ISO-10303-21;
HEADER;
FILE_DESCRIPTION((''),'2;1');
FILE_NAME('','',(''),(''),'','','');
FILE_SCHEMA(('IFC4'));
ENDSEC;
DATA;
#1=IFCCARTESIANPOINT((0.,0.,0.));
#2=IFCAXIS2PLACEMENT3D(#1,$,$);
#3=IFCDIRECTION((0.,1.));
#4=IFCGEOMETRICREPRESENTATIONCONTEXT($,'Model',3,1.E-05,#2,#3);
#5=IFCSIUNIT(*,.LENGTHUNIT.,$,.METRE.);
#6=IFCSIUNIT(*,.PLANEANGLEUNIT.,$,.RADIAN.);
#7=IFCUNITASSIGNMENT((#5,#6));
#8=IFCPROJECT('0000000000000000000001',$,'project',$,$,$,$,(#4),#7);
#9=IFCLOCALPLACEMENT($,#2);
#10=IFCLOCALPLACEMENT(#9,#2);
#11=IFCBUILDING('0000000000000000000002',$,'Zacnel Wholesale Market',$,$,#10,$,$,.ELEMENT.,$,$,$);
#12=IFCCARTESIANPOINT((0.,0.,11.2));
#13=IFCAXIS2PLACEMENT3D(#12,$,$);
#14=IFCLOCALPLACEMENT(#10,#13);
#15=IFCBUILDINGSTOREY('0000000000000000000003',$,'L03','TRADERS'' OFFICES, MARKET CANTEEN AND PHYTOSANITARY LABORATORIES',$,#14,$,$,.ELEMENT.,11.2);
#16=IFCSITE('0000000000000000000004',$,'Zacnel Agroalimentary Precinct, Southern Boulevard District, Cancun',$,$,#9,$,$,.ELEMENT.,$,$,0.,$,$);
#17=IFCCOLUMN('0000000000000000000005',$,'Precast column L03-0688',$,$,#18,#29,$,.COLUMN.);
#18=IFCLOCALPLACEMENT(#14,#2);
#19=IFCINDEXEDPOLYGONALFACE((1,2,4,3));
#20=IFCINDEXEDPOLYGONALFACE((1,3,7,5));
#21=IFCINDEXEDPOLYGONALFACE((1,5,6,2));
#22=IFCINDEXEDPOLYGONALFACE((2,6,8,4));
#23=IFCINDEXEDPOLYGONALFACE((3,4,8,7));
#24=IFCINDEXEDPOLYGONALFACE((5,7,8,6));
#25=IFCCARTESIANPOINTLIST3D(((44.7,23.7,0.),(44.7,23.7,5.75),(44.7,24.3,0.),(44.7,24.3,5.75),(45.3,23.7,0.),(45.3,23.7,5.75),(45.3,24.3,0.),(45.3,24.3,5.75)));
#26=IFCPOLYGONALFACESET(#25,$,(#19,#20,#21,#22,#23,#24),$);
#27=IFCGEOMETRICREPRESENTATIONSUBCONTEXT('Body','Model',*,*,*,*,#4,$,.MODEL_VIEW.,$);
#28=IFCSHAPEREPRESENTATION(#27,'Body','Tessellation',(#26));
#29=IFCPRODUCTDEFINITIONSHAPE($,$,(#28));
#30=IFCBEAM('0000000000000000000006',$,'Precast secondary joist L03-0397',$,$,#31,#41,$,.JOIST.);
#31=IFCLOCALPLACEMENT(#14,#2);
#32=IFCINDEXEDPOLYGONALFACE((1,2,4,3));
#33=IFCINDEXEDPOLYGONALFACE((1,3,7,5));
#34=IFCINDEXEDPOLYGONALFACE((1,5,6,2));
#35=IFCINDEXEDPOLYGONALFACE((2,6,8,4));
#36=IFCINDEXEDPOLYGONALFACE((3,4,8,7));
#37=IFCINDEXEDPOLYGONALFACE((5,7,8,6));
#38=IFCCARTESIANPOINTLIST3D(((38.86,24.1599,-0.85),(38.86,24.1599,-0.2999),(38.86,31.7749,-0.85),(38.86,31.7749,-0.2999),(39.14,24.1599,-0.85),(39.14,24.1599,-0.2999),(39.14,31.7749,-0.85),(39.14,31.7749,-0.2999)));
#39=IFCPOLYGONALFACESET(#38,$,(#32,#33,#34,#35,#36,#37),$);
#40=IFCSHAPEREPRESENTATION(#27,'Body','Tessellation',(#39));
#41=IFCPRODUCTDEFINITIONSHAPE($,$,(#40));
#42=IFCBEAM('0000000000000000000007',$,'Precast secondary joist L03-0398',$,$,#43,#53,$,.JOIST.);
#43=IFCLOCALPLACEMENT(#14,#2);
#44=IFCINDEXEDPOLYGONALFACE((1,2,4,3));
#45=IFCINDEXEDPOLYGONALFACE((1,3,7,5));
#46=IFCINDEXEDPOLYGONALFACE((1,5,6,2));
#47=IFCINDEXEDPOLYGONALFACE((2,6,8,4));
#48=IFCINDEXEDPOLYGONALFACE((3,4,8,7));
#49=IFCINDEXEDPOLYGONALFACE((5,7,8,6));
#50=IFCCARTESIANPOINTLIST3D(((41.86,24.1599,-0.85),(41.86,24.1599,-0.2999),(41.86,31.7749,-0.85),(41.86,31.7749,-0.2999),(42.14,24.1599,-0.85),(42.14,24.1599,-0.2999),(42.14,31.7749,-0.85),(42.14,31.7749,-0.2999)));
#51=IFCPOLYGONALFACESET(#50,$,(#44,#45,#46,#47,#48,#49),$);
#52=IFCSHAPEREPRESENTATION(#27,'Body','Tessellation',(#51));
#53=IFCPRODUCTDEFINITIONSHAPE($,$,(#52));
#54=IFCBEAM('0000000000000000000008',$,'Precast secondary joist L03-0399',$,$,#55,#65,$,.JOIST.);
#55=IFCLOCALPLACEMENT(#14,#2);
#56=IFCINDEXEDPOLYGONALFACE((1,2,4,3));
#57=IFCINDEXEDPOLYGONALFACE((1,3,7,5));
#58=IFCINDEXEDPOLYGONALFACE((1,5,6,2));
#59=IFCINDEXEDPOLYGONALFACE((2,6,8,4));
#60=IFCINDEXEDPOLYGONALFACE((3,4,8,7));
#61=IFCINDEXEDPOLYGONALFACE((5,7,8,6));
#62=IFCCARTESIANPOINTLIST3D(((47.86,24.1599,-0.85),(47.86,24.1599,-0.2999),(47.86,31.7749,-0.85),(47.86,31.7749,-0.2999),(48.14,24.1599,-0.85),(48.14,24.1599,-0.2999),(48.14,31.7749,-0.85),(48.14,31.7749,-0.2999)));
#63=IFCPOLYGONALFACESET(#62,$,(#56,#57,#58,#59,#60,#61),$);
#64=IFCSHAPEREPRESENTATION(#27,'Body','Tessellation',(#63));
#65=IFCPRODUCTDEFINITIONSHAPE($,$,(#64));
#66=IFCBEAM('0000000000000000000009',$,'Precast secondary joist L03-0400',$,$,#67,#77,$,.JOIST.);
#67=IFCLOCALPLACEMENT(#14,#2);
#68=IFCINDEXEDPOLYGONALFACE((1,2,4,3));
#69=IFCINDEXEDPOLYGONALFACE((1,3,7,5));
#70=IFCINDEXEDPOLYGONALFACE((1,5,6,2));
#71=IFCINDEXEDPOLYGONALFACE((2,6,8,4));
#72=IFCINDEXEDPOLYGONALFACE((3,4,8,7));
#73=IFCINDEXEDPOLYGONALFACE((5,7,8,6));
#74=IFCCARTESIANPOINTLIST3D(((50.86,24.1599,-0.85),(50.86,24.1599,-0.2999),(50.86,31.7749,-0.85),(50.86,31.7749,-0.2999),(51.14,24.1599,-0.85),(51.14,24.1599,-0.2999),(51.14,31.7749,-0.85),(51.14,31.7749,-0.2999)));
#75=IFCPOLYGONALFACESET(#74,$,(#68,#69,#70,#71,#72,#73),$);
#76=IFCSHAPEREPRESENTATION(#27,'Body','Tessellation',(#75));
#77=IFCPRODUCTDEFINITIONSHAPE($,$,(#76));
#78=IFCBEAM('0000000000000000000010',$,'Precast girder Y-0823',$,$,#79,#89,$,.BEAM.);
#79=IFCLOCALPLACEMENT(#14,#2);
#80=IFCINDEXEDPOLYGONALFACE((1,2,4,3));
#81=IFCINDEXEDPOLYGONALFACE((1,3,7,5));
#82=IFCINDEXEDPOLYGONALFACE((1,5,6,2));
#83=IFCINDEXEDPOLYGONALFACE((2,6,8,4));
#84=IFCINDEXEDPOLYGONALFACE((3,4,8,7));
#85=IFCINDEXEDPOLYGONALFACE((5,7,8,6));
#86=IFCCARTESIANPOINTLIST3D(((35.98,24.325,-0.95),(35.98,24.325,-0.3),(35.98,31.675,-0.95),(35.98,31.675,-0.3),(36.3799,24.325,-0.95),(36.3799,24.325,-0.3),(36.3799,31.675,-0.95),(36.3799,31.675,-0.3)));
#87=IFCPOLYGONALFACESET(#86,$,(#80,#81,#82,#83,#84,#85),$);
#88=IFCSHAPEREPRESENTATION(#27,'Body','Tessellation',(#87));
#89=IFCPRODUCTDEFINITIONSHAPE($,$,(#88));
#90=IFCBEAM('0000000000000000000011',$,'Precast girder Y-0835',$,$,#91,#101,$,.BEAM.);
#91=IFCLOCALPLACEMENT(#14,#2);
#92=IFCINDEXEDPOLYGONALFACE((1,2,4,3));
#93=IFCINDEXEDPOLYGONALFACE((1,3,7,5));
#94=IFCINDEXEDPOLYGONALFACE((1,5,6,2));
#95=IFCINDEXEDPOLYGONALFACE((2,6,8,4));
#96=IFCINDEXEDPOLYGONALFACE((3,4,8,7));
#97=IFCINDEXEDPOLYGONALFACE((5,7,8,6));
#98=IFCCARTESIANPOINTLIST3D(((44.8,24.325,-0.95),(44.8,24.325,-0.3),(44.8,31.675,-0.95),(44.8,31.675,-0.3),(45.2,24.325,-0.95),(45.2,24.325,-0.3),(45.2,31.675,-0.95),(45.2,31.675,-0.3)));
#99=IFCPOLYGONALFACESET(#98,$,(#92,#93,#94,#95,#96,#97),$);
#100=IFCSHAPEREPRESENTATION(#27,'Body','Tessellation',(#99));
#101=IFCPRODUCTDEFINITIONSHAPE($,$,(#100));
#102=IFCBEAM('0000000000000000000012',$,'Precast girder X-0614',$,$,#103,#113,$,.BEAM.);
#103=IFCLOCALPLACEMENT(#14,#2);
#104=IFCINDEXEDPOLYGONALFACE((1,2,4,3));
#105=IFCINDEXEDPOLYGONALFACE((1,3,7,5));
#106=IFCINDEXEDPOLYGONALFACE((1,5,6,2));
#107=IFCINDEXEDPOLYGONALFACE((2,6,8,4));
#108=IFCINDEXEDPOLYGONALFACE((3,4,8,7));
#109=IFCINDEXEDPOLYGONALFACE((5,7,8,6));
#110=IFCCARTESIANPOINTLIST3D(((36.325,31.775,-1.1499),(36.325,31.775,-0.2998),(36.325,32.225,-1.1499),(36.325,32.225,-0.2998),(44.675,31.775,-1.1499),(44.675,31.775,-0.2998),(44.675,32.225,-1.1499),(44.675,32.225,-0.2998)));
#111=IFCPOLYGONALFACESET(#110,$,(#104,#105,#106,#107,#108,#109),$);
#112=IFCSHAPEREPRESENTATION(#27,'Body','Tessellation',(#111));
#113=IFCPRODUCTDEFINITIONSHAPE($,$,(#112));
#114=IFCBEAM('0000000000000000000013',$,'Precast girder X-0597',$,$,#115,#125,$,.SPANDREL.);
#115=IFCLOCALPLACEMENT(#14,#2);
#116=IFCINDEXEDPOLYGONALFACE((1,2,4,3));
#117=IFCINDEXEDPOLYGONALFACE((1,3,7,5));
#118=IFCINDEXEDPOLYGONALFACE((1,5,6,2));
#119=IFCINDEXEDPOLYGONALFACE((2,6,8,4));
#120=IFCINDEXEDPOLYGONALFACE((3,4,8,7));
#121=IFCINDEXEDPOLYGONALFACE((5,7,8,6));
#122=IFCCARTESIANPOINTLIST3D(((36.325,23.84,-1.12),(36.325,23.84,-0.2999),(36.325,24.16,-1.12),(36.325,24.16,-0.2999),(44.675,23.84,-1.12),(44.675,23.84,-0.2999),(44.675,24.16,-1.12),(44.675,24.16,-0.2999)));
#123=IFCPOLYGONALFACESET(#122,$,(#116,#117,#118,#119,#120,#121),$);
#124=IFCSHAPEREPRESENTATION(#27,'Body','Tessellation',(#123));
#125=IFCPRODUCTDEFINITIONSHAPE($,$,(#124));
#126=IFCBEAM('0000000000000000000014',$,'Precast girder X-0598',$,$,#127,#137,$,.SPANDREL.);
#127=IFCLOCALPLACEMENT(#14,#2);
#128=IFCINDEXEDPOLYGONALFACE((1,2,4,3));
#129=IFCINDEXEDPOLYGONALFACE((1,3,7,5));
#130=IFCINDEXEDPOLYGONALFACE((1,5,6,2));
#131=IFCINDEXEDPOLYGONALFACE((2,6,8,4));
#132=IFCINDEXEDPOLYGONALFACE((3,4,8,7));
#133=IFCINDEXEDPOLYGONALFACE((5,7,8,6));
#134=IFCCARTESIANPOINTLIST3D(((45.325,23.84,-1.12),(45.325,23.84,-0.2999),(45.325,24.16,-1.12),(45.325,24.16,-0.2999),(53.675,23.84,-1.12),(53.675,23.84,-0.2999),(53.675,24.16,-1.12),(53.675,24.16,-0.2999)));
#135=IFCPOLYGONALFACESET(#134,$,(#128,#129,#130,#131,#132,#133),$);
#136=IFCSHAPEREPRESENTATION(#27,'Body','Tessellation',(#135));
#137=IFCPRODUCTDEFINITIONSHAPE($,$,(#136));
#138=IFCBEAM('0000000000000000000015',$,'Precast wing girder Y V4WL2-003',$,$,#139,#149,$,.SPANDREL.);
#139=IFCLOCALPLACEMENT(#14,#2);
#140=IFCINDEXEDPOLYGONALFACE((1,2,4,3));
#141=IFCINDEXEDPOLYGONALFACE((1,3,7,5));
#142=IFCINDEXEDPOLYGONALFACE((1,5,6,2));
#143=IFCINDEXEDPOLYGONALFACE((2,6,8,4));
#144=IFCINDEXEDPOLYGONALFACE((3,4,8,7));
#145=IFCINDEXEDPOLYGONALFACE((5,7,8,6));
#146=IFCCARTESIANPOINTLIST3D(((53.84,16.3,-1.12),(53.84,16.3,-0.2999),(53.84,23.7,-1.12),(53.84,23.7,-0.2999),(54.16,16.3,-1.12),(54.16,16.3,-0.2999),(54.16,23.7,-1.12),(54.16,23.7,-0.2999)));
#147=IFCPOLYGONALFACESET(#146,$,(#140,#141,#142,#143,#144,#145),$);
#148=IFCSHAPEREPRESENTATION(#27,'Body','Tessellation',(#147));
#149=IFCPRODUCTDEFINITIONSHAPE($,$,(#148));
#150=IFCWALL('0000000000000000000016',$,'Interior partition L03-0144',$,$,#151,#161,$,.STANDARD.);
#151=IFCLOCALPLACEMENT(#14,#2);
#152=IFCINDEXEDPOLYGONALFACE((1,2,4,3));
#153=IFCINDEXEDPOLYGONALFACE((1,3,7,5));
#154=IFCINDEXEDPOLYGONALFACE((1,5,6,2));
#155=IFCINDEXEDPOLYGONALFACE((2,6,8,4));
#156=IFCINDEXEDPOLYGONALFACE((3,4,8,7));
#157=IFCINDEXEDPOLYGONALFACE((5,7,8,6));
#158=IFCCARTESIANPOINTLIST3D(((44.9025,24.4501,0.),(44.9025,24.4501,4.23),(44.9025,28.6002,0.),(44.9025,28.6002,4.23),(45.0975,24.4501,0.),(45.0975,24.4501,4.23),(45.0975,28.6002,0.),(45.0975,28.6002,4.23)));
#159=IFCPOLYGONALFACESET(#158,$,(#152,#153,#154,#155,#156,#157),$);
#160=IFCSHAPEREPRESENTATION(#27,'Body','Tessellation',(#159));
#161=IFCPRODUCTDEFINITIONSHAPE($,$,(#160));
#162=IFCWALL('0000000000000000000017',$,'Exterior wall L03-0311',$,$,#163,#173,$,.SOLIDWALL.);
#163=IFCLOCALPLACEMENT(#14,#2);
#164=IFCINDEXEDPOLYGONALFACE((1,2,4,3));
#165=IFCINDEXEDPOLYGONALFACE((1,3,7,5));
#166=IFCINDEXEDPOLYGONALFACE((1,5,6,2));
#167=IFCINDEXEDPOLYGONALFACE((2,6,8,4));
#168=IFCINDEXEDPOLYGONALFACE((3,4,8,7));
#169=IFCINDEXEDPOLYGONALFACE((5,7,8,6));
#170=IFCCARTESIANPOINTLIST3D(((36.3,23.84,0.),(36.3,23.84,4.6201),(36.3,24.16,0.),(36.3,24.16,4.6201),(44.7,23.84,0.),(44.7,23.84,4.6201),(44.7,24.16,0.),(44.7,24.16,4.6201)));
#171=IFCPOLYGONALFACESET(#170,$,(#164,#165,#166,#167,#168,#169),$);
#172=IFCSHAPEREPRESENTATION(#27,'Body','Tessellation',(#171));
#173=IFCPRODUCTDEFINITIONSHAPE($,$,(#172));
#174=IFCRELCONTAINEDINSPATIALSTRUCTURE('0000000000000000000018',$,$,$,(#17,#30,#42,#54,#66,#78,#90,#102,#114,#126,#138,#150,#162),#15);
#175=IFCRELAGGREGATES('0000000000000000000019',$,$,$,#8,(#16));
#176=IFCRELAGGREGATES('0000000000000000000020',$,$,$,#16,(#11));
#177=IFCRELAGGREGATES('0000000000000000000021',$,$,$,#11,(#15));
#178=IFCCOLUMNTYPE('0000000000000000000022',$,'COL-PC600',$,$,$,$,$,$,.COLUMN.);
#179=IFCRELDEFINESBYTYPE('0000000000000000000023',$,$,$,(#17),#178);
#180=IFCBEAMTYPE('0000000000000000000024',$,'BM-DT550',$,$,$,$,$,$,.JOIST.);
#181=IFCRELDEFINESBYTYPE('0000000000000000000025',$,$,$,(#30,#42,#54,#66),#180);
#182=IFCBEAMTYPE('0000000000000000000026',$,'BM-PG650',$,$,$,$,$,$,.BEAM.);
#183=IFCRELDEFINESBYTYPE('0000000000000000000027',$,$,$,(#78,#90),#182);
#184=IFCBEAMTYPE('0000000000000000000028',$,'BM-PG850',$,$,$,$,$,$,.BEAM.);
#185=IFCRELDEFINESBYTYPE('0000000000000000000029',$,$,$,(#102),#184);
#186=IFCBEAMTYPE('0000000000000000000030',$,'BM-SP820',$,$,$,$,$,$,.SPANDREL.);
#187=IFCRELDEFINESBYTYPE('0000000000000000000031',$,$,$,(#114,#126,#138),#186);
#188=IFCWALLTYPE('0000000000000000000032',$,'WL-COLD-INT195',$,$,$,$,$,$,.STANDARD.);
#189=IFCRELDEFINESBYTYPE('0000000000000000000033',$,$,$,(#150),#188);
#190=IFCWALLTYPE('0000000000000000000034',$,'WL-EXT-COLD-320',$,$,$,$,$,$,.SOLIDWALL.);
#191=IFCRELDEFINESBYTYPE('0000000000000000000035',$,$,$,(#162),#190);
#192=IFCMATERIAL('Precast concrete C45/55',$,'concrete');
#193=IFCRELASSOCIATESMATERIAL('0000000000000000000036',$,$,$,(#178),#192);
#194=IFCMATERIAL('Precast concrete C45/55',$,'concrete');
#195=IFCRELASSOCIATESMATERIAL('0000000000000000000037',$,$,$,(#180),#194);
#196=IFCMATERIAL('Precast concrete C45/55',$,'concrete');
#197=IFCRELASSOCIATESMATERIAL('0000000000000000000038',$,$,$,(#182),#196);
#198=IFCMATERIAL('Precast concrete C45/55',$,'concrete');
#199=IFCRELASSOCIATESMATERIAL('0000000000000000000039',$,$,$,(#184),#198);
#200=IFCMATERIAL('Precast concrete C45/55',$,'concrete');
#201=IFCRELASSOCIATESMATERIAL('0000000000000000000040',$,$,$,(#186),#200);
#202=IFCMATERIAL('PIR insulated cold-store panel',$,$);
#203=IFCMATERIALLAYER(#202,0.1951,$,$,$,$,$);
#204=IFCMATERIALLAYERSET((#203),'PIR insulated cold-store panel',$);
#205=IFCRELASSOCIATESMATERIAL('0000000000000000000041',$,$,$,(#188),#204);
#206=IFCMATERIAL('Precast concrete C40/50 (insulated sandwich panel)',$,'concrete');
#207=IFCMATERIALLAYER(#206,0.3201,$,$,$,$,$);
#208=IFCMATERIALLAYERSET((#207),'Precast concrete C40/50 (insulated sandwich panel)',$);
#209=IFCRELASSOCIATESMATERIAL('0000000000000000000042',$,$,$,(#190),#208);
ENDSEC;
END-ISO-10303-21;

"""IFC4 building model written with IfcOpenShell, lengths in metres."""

from ifc_helpers import new_model, si_unit, direction, frame, frame_2d, origin, origin_2d, place, context, subcontext, project, spatial, rectangle, extrude, material, layer, layer_set, material_profile, profile_set, type_object, element, save


model = new_model("IFC4")

# Units and contexts
model_context = context("Model", 3, precision=1e-05, world=origin(), true_north=direction((0.0, 1.0)))
body_context = subcontext(model_context, "Body", "Model", "MODEL_VIEW")
ifc_project = project(units=[si_unit("LENGTHUNIT", "METRE"), si_unit("PLANEANGLEUNIT", "RADIAN")], contexts=[model_context])

# Site, building, storey
site_placement = place(None, origin())
site = spatial("IfcSite", under=ifc_project, at=site_placement, Name="Zacnel Agroalimentary Precinct, Southern Boulevard District, Cancun", CompositionType="ELEMENT", RefElevation=0.0)
building_placement = place(site_placement, origin())
building = spatial("IfcBuilding", under=site, at=building_placement, Name="Zacnel Wholesale Market", CompositionType="ELEMENT")
storey_placement = place(building_placement, frame((0.0, 0.0, 11.2)))
storey = spatial("IfcBuildingStorey", under=building, at=storey_placement, Name="L03", Description="TRADERS' OFFICES, MARKET CANTEEN AND PHYTOSANITARY LABORATORIES", CompositionType="ELEMENT", Elevation=11.2)

# Column
ifc_material_1 = material(Name="Precast concrete C45/55", Category="concrete")
ifc_material_profile_1 = material_profile(ifc_material_1, rectangle(XDim=0.6001, YDim=0.6001, at=origin_2d()), Name="PC 600x600")
ifc_profile_set_1 = profile_set([ifc_material_profile_1], Name="Precast concrete C45/55")
column_type = type_object("IfcColumnType", Name="COL-PC600", PredefinedType="COLUMN", material=ifc_profile_set_1)
column_placement = place(storey_placement, frame((45.0, 24.0, 0.0), z_axis=(0.0, 0.0, 1.0), x_axis=(1.0, 0.0, 0.0)))
element("IfcColumn", 1, at=column_placement, inside=storey, type_object=column_type, Name="Precast column L03-0688", PredefinedType="COLUMN", context=body_context, shape_type="SweptSolid", body=[
    extrude(rectangle(XDim=0.6001, YDim=0.6001, at=origin_2d()), origin(), (0.0, 0.0, 1.0), 5.75),
])

# Beams
ifc_material_2 = material(Name="Precast concrete C45/55", Category="concrete")
ifc_material_profile_2 = material_profile(ifc_material_2, rectangle(XDim=0.28, YDim=0.55, at=origin_2d()), Name="DT RIB 280x550")
ifc_profile_set_2 = profile_set([ifc_material_profile_2], Name="Precast concrete C45/55")
beam_type_1 = type_object("IfcBeamType", Name="BM-DT550", PredefinedType="JOIST", material=ifc_profile_set_2)
for number, where, z_axis, x_axis, name in (
    (2, (39.0, 24.1599, -0.575), (0.0, 1.0, 0.0), (-1.0, 0.0, 0.0), "Precast secondary joist L03-0397"),
    (3, (42.0, 24.1599, -0.575), (0.0, 1.0, 0.0), (-1.0, 0.0, 0.0), "Precast secondary joist L03-0398"),
    (4, (48.0, 24.1599, -0.575), (0.0, 1.0, 0.0), (-1.0, 0.0, 0.0), "Precast secondary joist L03-0399"),
    (5, (51.0, 24.1599, -0.575), (0.0, 1.0, 0.0), (-1.0, 0.0, 0.0), "Precast secondary joist L03-0400"),
):
    element("IfcBeam", number, at=place(storey_placement, frame(where, z_axis=z_axis, x_axis=x_axis)), inside=storey, type_object=beam_type_1, Name=name, PredefinedType="JOIST", context=body_context, shape_type="SweptSolid", body=[
        extrude(rectangle(XDim=0.28, YDim=0.55, at=origin_2d()), origin(), (0.0, 0.0, 1.0), 7.615),
    ])
ifc_material_3 = material(Name="Precast concrete C45/55", Category="concrete")
ifc_material_profile_3 = material_profile(ifc_material_3, rectangle(XDim=0.3999, YDim=0.6499, at=origin_2d()), Name="PG 400x650")
ifc_profile_set_3 = profile_set([ifc_material_profile_3], Name="Precast concrete C45/55")
beam_type_2 = type_object("IfcBeamType", Name="BM-PG650", PredefinedType="BEAM", material=ifc_profile_set_3)
for number, where, z_axis, x_axis, name in (
    (6, (36.1799, 24.325, -0.625), (0.0, 1.0, 0.0), (-1.0, 0.0, 0.0), "Precast girder Y-0823"),
    (7, (45.0, 24.325, -0.625), (0.0, 1.0, 0.0), (-1.0, 0.0, 0.0), "Precast girder Y-0835"),
):
    element("IfcBeam", number, at=place(storey_placement, frame(where, z_axis=z_axis, x_axis=x_axis)), inside=storey, type_object=beam_type_2, Name=name, PredefinedType="BEAM", context=body_context, shape_type="SweptSolid", body=[
        extrude(rectangle(XDim=0.3999, YDim=0.6499, at=origin_2d()), origin(), (0.0, 0.0, 1.0), 7.3501),
    ])
ifc_material_4 = material(Name="Precast concrete C45/55", Category="concrete")
ifc_material_profile_4 = material_profile(ifc_material_4, rectangle(XDim=0.45, YDim=0.8501, at=origin_2d()), Name="PG 450x850")
ifc_profile_set_4 = profile_set([ifc_material_profile_4], Name="Precast concrete C45/55")
beam_type_3 = type_object("IfcBeamType", Name="BM-PG850", PredefinedType="BEAM", material=ifc_profile_set_4)
beam_1_placement = place(storey_placement, frame((36.325, 32.0, -0.7249), z_axis=(1.0, 0.0, 0.0), x_axis=(0.0, 1.0, 0.0)))
element("IfcBeam", 8, at=beam_1_placement, inside=storey, type_object=beam_type_3, Name="Precast girder X-0614", PredefinedType="BEAM", context=body_context, shape_type="SweptSolid", body=[
    extrude(rectangle(XDim=0.45, YDim=0.8501, at=origin_2d()), origin(), (0.0, 0.0, 1.0), 8.3501),
])
ifc_material_5 = material(Name="Precast concrete C45/55", Category="concrete")
ifc_material_profile_5 = material_profile(ifc_material_5, rectangle(XDim=0.3201, YDim=0.8201, at=origin_2d()), Name="SP 320x820")
ifc_profile_set_5 = profile_set([ifc_material_profile_5], Name="Precast concrete C45/55")
beam_type_4 = type_object("IfcBeamType", Name="BM-SP820", PredefinedType="SPANDREL", material=ifc_profile_set_5)
for number, where, z_axis, x_axis, name in (
    (9, (36.325, 24.0, -0.71), (1.0, 0.0, 0.0), (0.0, 1.0, 0.0), "Precast girder X-0597"),
    (10, (45.325, 24.0, -0.71), (1.0, 0.0, 0.0), (0.0, 1.0, 0.0), "Precast girder X-0598"),
):
    element("IfcBeam", number, at=place(storey_placement, frame(where, z_axis=z_axis, x_axis=x_axis)), inside=storey, type_object=beam_type_4, Name=name, PredefinedType="SPANDREL", context=body_context, shape_type="SweptSolid", body=[
        extrude(rectangle(XDim=0.3201, YDim=0.8201, at=origin_2d()), origin(), (0.0, 0.0, 1.0), 8.3501),
    ])
beam_2_placement = place(storey_placement, frame((54.0, 16.3, -0.71), z_axis=(0.0, 1.0, 0.0), x_axis=(-1.0, 0.0, 0.0)))
element("IfcBeam", 11, at=beam_2_placement, inside=storey, type_object=beam_type_4, Name="Precast wing girder Y V4WL2-003", PredefinedType="SPANDREL", context=body_context, shape_type="SweptSolid", body=[
    extrude(rectangle(XDim=0.3201, YDim=0.8201, at=origin_2d()), origin(), (0.0, 0.0, 1.0), 7.3999),
])

# Walls
ifc_material_6 = material(Name="PIR insulated cold-store panel")
ifc_layer_1 = layer(ifc_material_6, 0.1951)
ifc_layer_set_1 = layer_set([ifc_layer_1], Name="PIR insulated cold-store panel")
wall_type_1 = type_object("IfcWallType", Name="WL-COLD-INT195", PredefinedType="STANDARD", material=ifc_layer_set_1)
wall_1_placement = place(storey_placement, frame((45.0, 24.45, 0.0), z_axis=(0.0, 0.0, 1.0), x_axis=(0.0, 1.0, 0.0)))
element("IfcWall", 12, at=wall_1_placement, inside=storey, type_object=wall_type_1, Name="Interior partition L03-0144", PredefinedType="STANDARD", context=body_context, shape_type="SweptSolid", body=[
    extrude(rectangle(XDim=4.1501, YDim=0.1951, at=frame_2d((2.0752, 0.0))), origin(), (0.0, 0.0, 1.0), 4.23),
])
ifc_material_7 = material(Name="Precast concrete C40/50 (insulated sandwich panel)", Category="concrete")
ifc_layer_2 = layer(ifc_material_7, 0.3201)
ifc_layer_set_2 = layer_set([ifc_layer_2], Name="Precast concrete C40/50 (insulated sandwich panel)")
wall_type_2 = type_object("IfcWallType", Name="WL-EXT-COLD-320", PredefinedType="SOLIDWALL", material=ifc_layer_set_2)
wall_2_placement = place(storey_placement, frame((36.3, 24.0, 0.0), z_axis=(0.0, 0.0, 1.0), x_axis=(1.0, 0.0, 0.0)))
element("IfcWall", 13, at=wall_2_placement, inside=storey, type_object=wall_type_2, Name="Exterior wall L03-0311", PredefinedType="SOLIDWALL", context=body_context, shape_type="SweptSolid", body=[
    extrude(rectangle(XDim=8.3999, YDim=0.3201, at=frame_2d((4.2, 0.0))), origin(), (0.0, 0.0, 1.0), 4.6201),
])

save(model, "model.ifc")
